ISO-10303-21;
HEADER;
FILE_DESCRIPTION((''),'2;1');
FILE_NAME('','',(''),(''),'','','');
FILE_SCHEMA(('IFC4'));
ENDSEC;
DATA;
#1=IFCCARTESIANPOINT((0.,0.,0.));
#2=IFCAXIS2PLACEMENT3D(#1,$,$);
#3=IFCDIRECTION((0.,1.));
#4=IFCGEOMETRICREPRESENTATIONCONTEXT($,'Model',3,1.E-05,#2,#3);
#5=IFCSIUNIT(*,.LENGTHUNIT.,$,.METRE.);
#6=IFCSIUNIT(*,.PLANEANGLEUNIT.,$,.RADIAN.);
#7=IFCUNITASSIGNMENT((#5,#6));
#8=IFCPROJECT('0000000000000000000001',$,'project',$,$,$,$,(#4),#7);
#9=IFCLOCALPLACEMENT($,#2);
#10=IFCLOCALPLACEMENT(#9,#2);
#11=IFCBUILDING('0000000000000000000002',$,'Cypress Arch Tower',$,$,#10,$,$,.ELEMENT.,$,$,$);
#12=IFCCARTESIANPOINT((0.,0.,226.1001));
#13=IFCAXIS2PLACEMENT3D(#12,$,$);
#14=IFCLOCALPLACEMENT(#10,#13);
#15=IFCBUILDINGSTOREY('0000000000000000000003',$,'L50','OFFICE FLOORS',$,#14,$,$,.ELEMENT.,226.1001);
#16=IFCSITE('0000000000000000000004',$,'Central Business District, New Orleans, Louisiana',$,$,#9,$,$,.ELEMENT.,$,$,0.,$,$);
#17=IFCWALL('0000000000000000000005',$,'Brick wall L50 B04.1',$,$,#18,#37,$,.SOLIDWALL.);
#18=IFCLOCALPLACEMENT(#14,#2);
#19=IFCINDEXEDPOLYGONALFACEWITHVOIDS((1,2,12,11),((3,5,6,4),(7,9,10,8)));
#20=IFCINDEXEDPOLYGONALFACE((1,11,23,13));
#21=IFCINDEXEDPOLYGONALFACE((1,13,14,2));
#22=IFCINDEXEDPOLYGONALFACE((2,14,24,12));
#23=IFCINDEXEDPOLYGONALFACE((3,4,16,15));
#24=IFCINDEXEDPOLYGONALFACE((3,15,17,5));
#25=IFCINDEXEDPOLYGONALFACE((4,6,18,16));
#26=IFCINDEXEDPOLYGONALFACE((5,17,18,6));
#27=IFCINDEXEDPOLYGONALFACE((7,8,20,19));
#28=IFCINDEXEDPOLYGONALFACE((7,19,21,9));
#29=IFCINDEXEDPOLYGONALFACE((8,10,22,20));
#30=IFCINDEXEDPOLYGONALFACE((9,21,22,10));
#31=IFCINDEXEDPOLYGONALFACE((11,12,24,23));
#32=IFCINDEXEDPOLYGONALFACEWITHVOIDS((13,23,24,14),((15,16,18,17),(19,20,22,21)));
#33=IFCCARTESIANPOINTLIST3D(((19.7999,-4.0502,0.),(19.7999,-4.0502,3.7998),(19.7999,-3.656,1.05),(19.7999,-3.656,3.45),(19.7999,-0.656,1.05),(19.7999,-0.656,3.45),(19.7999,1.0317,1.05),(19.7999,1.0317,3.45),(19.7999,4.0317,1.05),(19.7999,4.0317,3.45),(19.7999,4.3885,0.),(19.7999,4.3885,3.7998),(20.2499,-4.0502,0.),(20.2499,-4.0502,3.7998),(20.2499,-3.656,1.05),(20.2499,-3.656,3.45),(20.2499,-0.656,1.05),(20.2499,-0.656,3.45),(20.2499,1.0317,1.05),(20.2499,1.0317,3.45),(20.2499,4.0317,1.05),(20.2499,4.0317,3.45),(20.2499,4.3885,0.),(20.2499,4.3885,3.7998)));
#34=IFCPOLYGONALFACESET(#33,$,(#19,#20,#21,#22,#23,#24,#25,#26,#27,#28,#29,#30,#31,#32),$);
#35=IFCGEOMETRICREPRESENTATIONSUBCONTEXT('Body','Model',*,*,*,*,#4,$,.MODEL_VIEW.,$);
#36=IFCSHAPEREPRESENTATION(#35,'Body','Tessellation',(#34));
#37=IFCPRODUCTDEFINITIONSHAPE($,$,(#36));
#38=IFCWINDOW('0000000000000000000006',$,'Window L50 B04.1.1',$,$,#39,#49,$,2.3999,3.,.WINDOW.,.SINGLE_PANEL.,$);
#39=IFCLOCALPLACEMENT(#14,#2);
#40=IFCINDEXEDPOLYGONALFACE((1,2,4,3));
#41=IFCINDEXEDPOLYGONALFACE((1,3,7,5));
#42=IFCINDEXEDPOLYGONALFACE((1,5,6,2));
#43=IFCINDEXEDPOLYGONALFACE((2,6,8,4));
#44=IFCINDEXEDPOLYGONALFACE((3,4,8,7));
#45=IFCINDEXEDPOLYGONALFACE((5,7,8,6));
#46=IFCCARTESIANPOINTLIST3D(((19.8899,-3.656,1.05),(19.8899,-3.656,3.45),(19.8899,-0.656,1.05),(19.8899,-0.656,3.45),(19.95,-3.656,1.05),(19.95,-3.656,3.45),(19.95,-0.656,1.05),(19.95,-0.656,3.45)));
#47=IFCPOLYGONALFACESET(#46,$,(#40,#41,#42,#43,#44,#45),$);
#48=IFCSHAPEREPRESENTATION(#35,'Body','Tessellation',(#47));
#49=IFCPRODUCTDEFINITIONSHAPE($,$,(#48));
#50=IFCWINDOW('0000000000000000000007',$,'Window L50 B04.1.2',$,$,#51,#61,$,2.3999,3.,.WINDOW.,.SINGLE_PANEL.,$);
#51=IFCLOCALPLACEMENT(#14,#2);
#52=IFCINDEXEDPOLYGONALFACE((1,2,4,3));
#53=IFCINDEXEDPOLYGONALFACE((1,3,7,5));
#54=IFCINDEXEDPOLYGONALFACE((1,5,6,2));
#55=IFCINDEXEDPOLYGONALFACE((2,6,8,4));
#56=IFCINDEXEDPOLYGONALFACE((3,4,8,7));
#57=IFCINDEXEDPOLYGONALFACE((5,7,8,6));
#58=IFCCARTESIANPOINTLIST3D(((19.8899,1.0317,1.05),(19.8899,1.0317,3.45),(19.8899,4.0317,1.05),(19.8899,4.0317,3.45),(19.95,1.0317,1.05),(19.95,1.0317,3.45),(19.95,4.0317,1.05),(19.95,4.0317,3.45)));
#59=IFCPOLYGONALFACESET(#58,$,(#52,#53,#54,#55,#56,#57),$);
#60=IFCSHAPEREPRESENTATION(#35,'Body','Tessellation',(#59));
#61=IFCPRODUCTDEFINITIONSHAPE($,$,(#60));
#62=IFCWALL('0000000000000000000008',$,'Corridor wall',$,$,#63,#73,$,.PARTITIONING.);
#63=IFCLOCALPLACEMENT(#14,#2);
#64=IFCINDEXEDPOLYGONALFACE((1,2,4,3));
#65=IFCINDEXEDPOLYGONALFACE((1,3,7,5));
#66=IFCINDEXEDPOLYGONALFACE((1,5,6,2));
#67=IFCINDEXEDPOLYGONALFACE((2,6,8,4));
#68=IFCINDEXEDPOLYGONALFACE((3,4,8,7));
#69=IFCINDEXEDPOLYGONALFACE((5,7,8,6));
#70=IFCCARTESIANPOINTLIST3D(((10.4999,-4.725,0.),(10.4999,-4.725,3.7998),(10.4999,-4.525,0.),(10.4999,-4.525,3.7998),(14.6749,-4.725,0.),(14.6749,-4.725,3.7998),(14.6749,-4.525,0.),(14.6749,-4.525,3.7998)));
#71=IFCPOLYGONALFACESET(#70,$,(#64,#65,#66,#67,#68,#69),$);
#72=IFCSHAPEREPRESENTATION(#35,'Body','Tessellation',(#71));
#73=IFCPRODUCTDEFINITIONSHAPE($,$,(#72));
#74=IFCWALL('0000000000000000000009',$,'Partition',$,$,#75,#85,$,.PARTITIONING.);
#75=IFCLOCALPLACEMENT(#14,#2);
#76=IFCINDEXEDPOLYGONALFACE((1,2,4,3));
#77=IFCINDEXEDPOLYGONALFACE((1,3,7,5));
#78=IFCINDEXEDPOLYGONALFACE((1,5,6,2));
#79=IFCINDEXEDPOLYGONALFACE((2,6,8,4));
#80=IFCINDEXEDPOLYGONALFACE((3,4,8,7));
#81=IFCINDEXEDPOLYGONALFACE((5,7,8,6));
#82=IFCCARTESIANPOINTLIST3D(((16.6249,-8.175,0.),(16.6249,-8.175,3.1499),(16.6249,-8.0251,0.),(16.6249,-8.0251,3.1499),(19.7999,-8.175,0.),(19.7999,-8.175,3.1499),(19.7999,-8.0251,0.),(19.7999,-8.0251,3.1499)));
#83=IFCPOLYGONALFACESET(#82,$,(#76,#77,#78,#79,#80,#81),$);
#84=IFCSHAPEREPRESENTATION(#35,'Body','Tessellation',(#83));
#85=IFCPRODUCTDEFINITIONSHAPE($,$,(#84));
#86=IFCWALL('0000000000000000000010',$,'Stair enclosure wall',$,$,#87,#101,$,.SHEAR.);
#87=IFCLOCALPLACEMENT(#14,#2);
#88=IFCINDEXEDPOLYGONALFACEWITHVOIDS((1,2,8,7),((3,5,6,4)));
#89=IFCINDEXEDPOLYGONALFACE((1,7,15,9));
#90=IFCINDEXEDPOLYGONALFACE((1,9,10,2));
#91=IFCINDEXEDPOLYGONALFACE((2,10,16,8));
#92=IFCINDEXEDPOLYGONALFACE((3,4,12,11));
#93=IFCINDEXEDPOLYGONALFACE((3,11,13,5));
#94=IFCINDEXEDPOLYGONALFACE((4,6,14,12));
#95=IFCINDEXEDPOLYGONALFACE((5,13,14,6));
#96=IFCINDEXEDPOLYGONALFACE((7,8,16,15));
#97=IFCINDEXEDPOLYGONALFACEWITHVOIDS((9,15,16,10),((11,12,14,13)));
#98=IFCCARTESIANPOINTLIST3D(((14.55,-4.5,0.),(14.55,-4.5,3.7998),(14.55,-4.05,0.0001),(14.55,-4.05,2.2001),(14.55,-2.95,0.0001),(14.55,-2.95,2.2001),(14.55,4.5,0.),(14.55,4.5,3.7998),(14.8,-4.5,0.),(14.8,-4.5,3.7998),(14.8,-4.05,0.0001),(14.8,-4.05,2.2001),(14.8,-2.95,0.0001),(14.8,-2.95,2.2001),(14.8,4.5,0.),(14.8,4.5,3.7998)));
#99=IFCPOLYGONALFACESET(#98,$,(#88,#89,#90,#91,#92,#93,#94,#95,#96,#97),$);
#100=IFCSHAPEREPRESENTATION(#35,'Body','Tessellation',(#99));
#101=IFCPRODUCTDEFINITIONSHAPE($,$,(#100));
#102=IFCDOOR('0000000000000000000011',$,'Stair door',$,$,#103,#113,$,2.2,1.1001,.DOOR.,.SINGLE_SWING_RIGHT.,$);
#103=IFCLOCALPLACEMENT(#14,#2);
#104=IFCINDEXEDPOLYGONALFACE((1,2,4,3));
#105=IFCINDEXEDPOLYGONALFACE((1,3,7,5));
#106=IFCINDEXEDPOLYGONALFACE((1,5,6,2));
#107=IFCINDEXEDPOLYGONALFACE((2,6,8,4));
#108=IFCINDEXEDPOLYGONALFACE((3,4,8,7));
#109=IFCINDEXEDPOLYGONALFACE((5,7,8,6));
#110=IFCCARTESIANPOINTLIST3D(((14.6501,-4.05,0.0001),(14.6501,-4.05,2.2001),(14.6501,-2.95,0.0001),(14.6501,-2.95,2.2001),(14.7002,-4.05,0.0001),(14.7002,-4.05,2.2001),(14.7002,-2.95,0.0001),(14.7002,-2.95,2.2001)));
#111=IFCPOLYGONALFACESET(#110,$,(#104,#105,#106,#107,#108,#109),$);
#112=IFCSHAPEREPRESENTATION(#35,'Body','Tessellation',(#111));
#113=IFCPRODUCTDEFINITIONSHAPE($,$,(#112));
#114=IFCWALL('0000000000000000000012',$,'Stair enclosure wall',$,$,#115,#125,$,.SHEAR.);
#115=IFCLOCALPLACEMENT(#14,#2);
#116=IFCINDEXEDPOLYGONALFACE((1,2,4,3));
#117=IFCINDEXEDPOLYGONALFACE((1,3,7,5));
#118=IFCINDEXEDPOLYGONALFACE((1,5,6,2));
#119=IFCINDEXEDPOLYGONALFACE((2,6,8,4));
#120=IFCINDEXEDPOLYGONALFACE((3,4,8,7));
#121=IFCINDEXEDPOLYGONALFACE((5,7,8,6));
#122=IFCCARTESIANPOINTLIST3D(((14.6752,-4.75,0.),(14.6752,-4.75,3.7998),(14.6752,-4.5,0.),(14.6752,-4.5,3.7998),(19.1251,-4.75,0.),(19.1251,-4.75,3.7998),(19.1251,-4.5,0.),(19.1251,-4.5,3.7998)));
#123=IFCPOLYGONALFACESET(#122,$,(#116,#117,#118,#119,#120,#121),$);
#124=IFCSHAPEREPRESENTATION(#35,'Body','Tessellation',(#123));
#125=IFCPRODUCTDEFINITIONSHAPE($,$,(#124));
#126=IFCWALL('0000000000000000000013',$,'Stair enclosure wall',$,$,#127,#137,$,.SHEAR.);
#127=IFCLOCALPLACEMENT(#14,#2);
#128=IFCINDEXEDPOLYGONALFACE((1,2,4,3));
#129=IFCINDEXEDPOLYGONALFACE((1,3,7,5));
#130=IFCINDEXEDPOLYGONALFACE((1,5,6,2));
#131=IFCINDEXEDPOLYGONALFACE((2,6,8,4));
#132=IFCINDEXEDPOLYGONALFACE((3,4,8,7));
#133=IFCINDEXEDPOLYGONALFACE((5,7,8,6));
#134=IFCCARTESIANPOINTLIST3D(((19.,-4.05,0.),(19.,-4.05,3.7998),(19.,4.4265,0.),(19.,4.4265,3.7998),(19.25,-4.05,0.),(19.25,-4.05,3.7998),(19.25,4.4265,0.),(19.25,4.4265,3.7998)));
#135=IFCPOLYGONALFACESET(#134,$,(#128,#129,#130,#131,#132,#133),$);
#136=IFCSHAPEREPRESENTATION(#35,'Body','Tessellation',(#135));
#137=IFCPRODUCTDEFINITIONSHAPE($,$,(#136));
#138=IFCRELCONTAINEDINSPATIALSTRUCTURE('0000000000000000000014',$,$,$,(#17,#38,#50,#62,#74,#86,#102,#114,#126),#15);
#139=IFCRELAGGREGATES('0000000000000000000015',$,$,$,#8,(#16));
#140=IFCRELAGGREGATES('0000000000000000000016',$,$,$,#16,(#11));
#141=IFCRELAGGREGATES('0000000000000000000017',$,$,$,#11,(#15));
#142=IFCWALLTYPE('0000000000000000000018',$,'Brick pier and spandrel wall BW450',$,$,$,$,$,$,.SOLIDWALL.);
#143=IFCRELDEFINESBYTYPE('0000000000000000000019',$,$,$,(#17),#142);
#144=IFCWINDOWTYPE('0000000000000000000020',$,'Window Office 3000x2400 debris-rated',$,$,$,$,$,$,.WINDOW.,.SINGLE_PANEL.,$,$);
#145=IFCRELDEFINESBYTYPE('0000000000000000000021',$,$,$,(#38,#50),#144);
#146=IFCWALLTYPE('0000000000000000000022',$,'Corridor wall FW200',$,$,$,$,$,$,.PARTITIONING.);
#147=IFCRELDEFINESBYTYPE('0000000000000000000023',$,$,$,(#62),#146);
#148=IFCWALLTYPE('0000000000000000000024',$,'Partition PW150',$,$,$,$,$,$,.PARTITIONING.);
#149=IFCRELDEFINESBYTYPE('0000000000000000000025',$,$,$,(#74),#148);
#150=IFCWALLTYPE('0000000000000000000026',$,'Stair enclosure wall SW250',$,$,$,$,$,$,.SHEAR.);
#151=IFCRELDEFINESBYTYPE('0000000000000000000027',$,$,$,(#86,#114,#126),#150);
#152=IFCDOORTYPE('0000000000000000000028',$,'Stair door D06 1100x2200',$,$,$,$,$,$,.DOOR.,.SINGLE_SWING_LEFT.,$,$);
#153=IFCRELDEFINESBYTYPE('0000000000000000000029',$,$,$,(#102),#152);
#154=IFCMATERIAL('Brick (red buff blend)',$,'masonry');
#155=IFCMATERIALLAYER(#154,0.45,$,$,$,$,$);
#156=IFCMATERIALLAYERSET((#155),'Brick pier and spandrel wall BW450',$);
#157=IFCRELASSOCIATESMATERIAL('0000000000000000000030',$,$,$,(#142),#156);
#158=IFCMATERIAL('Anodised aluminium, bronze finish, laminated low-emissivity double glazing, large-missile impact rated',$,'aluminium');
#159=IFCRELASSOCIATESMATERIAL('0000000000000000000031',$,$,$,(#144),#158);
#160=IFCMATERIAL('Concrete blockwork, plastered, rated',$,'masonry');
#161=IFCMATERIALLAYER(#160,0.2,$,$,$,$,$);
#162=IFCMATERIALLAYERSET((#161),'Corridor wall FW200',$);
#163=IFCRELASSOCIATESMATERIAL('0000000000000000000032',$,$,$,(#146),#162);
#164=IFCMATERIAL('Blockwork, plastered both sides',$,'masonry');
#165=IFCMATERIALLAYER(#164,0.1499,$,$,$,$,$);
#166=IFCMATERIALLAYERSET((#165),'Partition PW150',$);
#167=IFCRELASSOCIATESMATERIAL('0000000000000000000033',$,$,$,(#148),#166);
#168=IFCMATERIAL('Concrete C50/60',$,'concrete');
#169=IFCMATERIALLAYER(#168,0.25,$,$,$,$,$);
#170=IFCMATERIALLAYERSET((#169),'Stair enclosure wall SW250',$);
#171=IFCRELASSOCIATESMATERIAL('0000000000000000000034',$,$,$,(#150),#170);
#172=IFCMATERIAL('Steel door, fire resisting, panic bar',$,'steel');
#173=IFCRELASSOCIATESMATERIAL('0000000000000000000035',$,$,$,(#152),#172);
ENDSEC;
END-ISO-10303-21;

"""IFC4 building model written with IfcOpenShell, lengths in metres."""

from ifc_helpers import new_model, si_unit, direction, frame, frame_2d, origin, place, context, subcontext, project, spatial, rectangle, extrude, material, layer, layer_set, type_object, element, fill, save


model = new_model("IFC4")

# Units and contexts
model_context = context("Model", 3, precision=1e-05, world=origin(), true_north=direction((0.0, 1.0)))
body_context = subcontext(model_context, "Body", "Model", "MODEL_VIEW")
ifc_project = project(units=[si_unit("LENGTHUNIT", "METRE"), si_unit("PLANEANGLEUNIT", "RADIAN")], contexts=[model_context])

# Site, building, storey
site_placement = place(None, origin())
site = spatial("IfcSite", under=ifc_project, at=site_placement, Name="Central Business District, New Orleans, Louisiana", CompositionType="ELEMENT", RefElevation=0.0)
building_placement = place(site_placement, origin())
building = spatial("IfcBuilding", under=site, at=building_placement, Name="Cypress Arch Tower", CompositionType="ELEMENT")
storey_placement = place(building_placement, frame((0.0, 0.0, 226.1001)))
storey = spatial("IfcBuildingStorey", under=building, at=storey_placement, Name="L50", Description="OFFICE FLOORS", CompositionType="ELEMENT", Elevation=226.1001)

# Wall, openings, windows
ifc_material_1 = material(Name="Brick (red buff blend)", Category="masonry")
ifc_layer_1 = layer(ifc_material_1, 0.45)
ifc_layer_set_1 = layer_set([ifc_layer_1], Name="Brick pier and spandrel wall BW450")
wall_type_1 = type_object("IfcWallType", Name="Brick pier and spandrel wall BW450", PredefinedType="SOLIDWALL", material=ifc_layer_set_1)
wall_1_placement = place(storey_placement, frame((20.0249, -4.05, 0.0), z_axis=(0.0, 0.0, 1.0), x_axis=(0.0, 1.0, 0.0)))
wall_1 = element("IfcWall", 1, at=wall_1_placement, inside=storey, type_object=wall_type_1, Name="Brick wall L50 B04.1", PredefinedType="SOLIDWALL", context=body_context, shape_type="SweptSolid", body=[
    extrude(rectangle(XDim=8.4387, YDim=0.45, at=frame_2d((4.2192, 0.0))), origin(), (0.0, 0.0, 1.0), 3.7998),
])
opening_1_placement = place(wall_1_placement, frame((0.394, 0.0, 1.05)))
opening_1 = element("IfcOpeningElement", 2, at=opening_1_placement, cuts=wall_1, PredefinedType="OPENING", context=body_context, shape_type="SweptSolid", body=[
    extrude(rectangle(XDim=3.0, YDim=2.3999, at=frame_2d((1.5, 1.2))), frame((0.0, 0.2349, 0.0), z_axis=(0.0, -1.0, 0.0), x_axis=(1.0, 0.0, 0.0)), (0.0, 0.0, 1.0), 0.47),
])
opening_2_placement = place(wall_1_placement, frame((5.0818, 0.0, 1.05)))
opening_2 = element("IfcOpeningElement", 3, at=opening_2_placement, cuts=wall_1, PredefinedType="OPENING", context=body_context, shape_type="SweptSolid", body=[
    extrude(rectangle(XDim=3.0, YDim=2.3999, at=frame_2d((1.5, 1.2))), frame((0.0, 0.2349, 0.0), z_axis=(0.0, -1.0, 0.0), x_axis=(1.0, 0.0, 0.0)), (0.0, 0.0, 1.0), 0.47),
])
ifc_material_2 = material(Name="Anodised aluminium, bronze finish, laminated low-emissivity double glazing, large-missile impact rated", Category="aluminium")
window_type = type_object("IfcWindowType", Name="Window Office 3000x2400 debris-rated", PartitioningType="SINGLE_PANEL", PredefinedType="WINDOW", material=ifc_material_2)
window_1_placement = place(opening_1_placement, origin())
window_1 = element("IfcWindow", 4, at=window_1_placement, inside=storey, type_object=window_type, Name="Window L50 B04.1.1", OverallHeight=2.3999, OverallWidth=3.0, PartitioningType="SINGLE_PANEL", PredefinedType="WINDOW", context=body_context, shape_type="SweptSolid", body=[
    extrude(rectangle(XDim=3.0, YDim=2.3999, at=frame_2d((1.5, 1.2))), frame((0.0, 0.135, 0.0), z_axis=(0.0, -1.0, 0.0), x_axis=(1.0, 0.0, 0.0)), (0.0, 0.0, 1.0), 0.0601),
])
fill(opening_1, window_1)
window_2_placement = place(opening_2_placement, origin())
window_2 = element("IfcWindow", 5, at=window_2_placement, inside=storey, type_object=window_type, Name="Window L50 B04.1.2", OverallHeight=2.3999, OverallWidth=3.0, PartitioningType="SINGLE_PANEL", PredefinedType="WINDOW", context=body_context, shape_type="SweptSolid", body=[
    extrude(rectangle(XDim=3.0, YDim=2.3999, at=frame_2d((1.5, 1.2))), frame((0.0, 0.135, 0.0), z_axis=(0.0, -1.0, 0.0), x_axis=(1.0, 0.0, 0.0)), (0.0, 0.0, 1.0), 0.0601),
])
fill(opening_2, window_2)

# Walls
ifc_material_3 = material(Name="Concrete blockwork, plastered, rated", Category="masonry")
ifc_layer_2 = layer(ifc_material_3, 0.2)
ifc_layer_set_2 = layer_set([ifc_layer_2], Name="Corridor wall FW200")
wall_type_2 = type_object("IfcWallType", Name="Corridor wall FW200", PredefinedType="PARTITIONING", material=ifc_layer_set_2)
wall_2_placement = place(storey_placement, frame((10.5, -4.625, 0.0), z_axis=(0.0, 0.0, 1.0), x_axis=(1.0, 0.0, 0.0)))
element("IfcWall", 6, at=wall_2_placement, inside=storey, type_object=wall_type_2, Name="Corridor wall", PredefinedType="PARTITIONING", context=body_context, shape_type="SweptSolid", body=[
    extrude(rectangle(XDim=4.175, YDim=0.2, at=frame_2d((2.0874, 0.0))), origin(), (0.0, 0.0, 1.0), 3.7998),
])
ifc_material_4 = material(Name="Blockwork, plastered both sides", Category="masonry")
ifc_layer_3 = layer(ifc_material_4, 0.1499)
ifc_layer_set_3 = layer_set([ifc_layer_3], Name="Partition PW150")
wall_type_3 = type_object("IfcWallType", Name="Partition PW150", PredefinedType="PARTITIONING", material=ifc_layer_set_3)
wall_3_placement = place(storey_placement, frame((16.625, -8.1001, 0.0), z_axis=(0.0, 0.0, 1.0), x_axis=(1.0, 0.0, 0.0)))
element("IfcWall", 7, at=wall_3_placement, inside=storey, type_object=wall_type_3, Name="Partition", PredefinedType="PARTITIONING", context=body_context, shape_type="SweptSolid", body=[
    extrude(rectangle(XDim=3.175, YDim=0.1499, at=frame_2d((1.5874, 0.0))), origin(), (0.0, 0.0, 1.0), 3.1499),
])

# Wall, opening, door
ifc_material_5 = material(Name="Concrete C50/60", Category="concrete")
ifc_layer_4 = layer(ifc_material_5, 0.25)
ifc_layer_set_4 = layer_set([ifc_layer_4], Name="Stair enclosure wall SW250")
wall_type_4 = type_object("IfcWallType", Name="Stair enclosure wall SW250", PredefinedType="SHEAR", material=ifc_layer_set_4)
wall_4_placement = place(storey_placement, frame((14.675, -4.5, 0.0), z_axis=(0.0, 0.0, 1.0), x_axis=(0.0, 1.0, 0.0)))
wall_4 = element("IfcWall", 8, at=wall_4_placement, inside=storey, type_object=wall_type_4, Name="Stair enclosure wall", PredefinedType="SHEAR", context=body_context, shape_type="SweptSolid", body=[
    extrude(rectangle(XDim=9.0, YDim=0.25, at=frame_2d((4.5, 0.0))), origin(), (0.0, 0.0, 1.0), 3.7998),
])
opening_3_placement = place(wall_4_placement, frame((0.45, 0.0, 0.0)))
opening_3 = element("IfcOpeningElement", 9, at=opening_3_placement, cuts=wall_4, PredefinedType="OPENING", context=body_context, shape_type="SweptSolid", body=[
    extrude(rectangle(XDim=1.1001, YDim=2.2, at=frame_2d((0.55, 1.1001))), frame((0.0, 0.135, 0.0), z_axis=(0.0, -1.0, 0.0), x_axis=(1.0, 0.0, 0.0)), (0.0, 0.0, 1.0), 0.27),
])
ifc_material_6 = material(Name="Steel door, fire resisting, panic bar", Category="steel")
door_type = type_object("IfcDoorType", Name="Stair door D06 1100x2200", OperationType="SINGLE_SWING_LEFT", PredefinedType="DOOR", material=ifc_material_6)
door_placement = place(opening_3_placement, origin())
door = element("IfcDoor", 10, at=door_placement, inside=storey, type_object=door_type, Name="Stair door", OperationType="SINGLE_SWING_RIGHT", OverallHeight=2.2, OverallWidth=1.1001, PredefinedType="DOOR", context=body_context, shape_type="SweptSolid", body=[
    extrude(rectangle(XDim=1.1001, YDim=2.2, at=frame_2d((0.55, 1.1001))), frame((0.0, 0.0249, 0.0), z_axis=(0.0, -1.0, 0.0), x_axis=(1.0, 0.0, 0.0)), (0.0, 0.0, 1.0), 0.05),
])
fill(opening_3, door)

# Walls
wall_5_placement = place(storey_placement, frame((14.675, -4.625, 0.0), z_axis=(0.0, 0.0, 1.0), x_axis=(1.0, 0.0, 0.0)))
element("IfcWall", 11, at=wall_5_placement, inside=storey, type_object=wall_type_4, Name="Stair enclosure wall", PredefinedType="SHEAR", context=body_context, shape_type="SweptSolid", body=[
    extrude(rectangle(XDim=4.45, YDim=0.25, at=frame_2d((2.2251, 0.0))), origin(), (0.0, 0.0, 1.0), 3.7998),
])
wall_6_placement = place(storey_placement, frame((19.125, -4.05, 0.0), z_axis=(0.0, 0.0, 1.0), x_axis=(0.0, 1.0, 0.0)))
element("IfcWall", 12, at=wall_6_placement, inside=storey, type_object=wall_type_4, Name="Stair enclosure wall", PredefinedType="SHEAR", context=body_context, shape_type="SweptSolid", body=[
    extrude(rectangle(XDim=8.4766, YDim=0.25, at=frame_2d((4.2383, 0.0))), origin(), (0.0, 0.0, 1.0), 3.7998),
])

save(model, "model.ifc")
